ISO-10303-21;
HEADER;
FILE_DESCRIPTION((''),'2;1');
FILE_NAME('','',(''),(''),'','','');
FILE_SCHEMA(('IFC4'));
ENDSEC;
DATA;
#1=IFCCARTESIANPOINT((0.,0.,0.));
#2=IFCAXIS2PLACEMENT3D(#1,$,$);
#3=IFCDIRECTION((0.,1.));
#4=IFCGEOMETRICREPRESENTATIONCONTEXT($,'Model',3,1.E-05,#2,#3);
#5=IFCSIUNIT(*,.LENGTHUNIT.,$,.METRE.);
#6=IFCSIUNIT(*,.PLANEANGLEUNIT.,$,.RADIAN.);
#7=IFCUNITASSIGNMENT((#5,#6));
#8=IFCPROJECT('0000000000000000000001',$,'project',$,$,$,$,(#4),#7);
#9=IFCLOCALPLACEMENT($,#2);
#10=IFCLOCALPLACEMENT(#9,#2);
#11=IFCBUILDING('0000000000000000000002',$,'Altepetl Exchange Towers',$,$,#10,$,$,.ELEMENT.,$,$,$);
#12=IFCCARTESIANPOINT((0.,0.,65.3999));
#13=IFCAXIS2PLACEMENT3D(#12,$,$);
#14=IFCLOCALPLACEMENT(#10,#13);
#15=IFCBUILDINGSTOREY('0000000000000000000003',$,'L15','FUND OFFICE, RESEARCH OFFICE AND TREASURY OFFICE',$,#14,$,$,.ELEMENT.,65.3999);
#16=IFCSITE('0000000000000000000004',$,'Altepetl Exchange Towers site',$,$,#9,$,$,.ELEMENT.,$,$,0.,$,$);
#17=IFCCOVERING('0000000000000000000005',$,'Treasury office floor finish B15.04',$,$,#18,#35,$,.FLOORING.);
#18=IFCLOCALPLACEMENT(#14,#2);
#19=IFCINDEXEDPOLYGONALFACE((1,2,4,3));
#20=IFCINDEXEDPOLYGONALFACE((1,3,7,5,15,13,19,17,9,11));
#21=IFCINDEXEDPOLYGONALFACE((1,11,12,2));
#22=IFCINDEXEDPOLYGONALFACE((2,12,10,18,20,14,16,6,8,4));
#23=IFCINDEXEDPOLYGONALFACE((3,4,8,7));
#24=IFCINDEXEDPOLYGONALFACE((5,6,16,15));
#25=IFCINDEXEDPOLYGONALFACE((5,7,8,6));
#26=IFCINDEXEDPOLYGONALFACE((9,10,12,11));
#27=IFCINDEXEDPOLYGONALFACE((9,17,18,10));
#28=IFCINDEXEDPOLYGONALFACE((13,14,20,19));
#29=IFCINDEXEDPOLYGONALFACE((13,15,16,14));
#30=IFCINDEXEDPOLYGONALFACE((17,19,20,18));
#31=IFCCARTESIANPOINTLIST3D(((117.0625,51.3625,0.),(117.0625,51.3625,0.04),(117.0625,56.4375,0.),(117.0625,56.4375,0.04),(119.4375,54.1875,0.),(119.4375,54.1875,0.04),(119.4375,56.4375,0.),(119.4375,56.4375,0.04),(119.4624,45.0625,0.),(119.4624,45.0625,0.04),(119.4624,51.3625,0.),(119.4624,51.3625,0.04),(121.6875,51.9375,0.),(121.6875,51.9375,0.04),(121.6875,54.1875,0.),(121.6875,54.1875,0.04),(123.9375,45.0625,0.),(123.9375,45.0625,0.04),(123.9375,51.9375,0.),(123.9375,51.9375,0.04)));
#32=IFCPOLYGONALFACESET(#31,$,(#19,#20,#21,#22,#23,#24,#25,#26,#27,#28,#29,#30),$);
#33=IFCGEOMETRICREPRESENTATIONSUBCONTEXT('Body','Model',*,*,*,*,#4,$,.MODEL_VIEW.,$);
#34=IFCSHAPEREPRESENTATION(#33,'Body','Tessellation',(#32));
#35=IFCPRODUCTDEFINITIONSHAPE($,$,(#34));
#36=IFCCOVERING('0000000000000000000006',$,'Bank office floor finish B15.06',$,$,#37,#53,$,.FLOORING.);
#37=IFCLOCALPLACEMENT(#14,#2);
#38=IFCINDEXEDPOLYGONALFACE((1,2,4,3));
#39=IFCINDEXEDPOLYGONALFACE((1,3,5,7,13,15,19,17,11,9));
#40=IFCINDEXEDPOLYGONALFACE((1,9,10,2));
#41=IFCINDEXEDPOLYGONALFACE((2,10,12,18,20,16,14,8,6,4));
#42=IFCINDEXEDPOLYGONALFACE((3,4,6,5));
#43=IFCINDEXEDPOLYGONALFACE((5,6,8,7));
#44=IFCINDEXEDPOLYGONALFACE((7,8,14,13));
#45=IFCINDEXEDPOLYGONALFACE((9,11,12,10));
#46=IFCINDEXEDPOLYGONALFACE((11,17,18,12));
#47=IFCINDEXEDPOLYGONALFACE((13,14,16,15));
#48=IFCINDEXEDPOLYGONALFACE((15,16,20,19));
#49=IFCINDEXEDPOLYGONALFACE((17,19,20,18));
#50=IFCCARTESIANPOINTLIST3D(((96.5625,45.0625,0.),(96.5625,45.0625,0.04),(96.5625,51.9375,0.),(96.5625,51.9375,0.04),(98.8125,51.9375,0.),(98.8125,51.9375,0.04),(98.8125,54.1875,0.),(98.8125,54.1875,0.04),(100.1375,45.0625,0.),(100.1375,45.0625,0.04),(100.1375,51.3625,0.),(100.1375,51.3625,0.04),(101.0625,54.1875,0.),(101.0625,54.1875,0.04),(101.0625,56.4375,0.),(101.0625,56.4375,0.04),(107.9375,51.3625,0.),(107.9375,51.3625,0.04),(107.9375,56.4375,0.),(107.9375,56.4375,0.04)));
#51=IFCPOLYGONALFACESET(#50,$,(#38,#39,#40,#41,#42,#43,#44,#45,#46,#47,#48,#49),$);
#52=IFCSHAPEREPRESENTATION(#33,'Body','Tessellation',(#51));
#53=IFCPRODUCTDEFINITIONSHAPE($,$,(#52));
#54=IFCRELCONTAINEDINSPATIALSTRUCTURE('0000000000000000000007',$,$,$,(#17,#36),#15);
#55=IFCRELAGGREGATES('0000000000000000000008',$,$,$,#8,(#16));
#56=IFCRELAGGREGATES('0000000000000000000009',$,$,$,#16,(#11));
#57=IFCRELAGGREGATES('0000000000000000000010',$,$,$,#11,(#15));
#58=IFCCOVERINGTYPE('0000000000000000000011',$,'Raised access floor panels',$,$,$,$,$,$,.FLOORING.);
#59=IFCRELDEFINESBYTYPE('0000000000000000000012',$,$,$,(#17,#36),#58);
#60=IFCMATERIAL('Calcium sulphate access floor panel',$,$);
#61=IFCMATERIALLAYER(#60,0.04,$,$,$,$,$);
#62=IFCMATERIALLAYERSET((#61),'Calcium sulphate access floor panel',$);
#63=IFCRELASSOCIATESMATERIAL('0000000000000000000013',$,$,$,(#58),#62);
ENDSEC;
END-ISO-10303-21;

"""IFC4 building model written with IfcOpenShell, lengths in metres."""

from ifc_helpers import new_model, si_unit, direction, frame, origin, place, context, subcontext, project, spatial, polyline, outline, extrude, material, layer, layer_set, type_object, element, save


model = new_model("IFC4")

# Units and contexts
model_context = context("Model", 3, precision=1e-05, world=origin(), true_north=direction((0.0, 1.0)))
body_context = subcontext(model_context, "Body", "Model", "MODEL_VIEW")
ifc_project = project(units=[si_unit("LENGTHUNIT", "METRE"), si_unit("PLANEANGLEUNIT", "RADIAN")], contexts=[model_context])

# Site, building, storey
site_placement = place(None, origin())
site = spatial("IfcSite", under=ifc_project, at=site_placement, Name="Altepetl Exchange Towers site", CompositionType="ELEMENT", RefElevation=0.0)
building_placement = place(site_placement, origin())
building = spatial("IfcBuilding", under=site, at=building_placement, Name="Altepetl Exchange Towers", CompositionType="ELEMENT")
storey_placement = place(building_placement, frame((0.0, 0.0, 65.3999)))
storey = spatial("IfcBuildingStorey", under=building, at=storey_placement, Name="L15", Description="FUND OFFICE, RESEARCH OFFICE AND TREASURY OFFICE", CompositionType="ELEMENT", Elevation=65.3999)

# Coverings
ifc_material_1 = material(Name="Calcium sulphate access floor panel")
ifc_layer_1 = layer(ifc_material_1, 0.04)
ifc_layer_set_1 = layer_set([ifc_layer_1], Name="Calcium sulphate access floor panel")
covering_type_1 = type_object("IfcCoveringType", Name="Raised access floor panels", PredefinedType="FLOORING", material=ifc_layer_set_1)
covering_1_placement = place(storey_placement, origin())
element("IfcCovering", 1, at=covering_1_placement, inside=storey, type_object=covering_type_1, Name="Treasury office floor finish B15.04", PredefinedType="FLOORING", context=body_context, shape_type="SweptSolid", body=[
    extrude(outline(polyline([(117.0625, 56.4375), (117.0625, 51.3625), (119.4624, 51.3625), (119.4624, 45.0625), (123.9375, 45.0625), (123.9375, 51.9375), (121.6875, 51.9375), (121.6875, 54.1875), (119.4375, 54.1875), (119.4375, 56.4375), (117.0625, 56.4375)])), origin(), (0.0, 0.0, 1.0), 0.04),
])
covering_2_placement = place(storey_placement, origin())
element("IfcCovering", 2, at=covering_2_placement, inside=storey, type_object=covering_type_1, Name="Bank office floor finish B15.06", PredefinedType="FLOORING", context=body_context, shape_type="SweptSolid", body=[
    extrude(outline(polyline([(101.0625, 54.1875), (98.8125, 54.1875), (98.8125, 51.9375), (96.5625, 51.9375), (96.5625, 45.0625), (100.1375, 45.0625), (100.1375, 51.3625), (107.9375, 51.3625), (107.9375, 56.4375), (101.0625, 56.4375), (101.0625, 54.1875)])), origin(), (0.0, 0.0, 1.0), 0.04),
])

save(model, "model.ifc")
